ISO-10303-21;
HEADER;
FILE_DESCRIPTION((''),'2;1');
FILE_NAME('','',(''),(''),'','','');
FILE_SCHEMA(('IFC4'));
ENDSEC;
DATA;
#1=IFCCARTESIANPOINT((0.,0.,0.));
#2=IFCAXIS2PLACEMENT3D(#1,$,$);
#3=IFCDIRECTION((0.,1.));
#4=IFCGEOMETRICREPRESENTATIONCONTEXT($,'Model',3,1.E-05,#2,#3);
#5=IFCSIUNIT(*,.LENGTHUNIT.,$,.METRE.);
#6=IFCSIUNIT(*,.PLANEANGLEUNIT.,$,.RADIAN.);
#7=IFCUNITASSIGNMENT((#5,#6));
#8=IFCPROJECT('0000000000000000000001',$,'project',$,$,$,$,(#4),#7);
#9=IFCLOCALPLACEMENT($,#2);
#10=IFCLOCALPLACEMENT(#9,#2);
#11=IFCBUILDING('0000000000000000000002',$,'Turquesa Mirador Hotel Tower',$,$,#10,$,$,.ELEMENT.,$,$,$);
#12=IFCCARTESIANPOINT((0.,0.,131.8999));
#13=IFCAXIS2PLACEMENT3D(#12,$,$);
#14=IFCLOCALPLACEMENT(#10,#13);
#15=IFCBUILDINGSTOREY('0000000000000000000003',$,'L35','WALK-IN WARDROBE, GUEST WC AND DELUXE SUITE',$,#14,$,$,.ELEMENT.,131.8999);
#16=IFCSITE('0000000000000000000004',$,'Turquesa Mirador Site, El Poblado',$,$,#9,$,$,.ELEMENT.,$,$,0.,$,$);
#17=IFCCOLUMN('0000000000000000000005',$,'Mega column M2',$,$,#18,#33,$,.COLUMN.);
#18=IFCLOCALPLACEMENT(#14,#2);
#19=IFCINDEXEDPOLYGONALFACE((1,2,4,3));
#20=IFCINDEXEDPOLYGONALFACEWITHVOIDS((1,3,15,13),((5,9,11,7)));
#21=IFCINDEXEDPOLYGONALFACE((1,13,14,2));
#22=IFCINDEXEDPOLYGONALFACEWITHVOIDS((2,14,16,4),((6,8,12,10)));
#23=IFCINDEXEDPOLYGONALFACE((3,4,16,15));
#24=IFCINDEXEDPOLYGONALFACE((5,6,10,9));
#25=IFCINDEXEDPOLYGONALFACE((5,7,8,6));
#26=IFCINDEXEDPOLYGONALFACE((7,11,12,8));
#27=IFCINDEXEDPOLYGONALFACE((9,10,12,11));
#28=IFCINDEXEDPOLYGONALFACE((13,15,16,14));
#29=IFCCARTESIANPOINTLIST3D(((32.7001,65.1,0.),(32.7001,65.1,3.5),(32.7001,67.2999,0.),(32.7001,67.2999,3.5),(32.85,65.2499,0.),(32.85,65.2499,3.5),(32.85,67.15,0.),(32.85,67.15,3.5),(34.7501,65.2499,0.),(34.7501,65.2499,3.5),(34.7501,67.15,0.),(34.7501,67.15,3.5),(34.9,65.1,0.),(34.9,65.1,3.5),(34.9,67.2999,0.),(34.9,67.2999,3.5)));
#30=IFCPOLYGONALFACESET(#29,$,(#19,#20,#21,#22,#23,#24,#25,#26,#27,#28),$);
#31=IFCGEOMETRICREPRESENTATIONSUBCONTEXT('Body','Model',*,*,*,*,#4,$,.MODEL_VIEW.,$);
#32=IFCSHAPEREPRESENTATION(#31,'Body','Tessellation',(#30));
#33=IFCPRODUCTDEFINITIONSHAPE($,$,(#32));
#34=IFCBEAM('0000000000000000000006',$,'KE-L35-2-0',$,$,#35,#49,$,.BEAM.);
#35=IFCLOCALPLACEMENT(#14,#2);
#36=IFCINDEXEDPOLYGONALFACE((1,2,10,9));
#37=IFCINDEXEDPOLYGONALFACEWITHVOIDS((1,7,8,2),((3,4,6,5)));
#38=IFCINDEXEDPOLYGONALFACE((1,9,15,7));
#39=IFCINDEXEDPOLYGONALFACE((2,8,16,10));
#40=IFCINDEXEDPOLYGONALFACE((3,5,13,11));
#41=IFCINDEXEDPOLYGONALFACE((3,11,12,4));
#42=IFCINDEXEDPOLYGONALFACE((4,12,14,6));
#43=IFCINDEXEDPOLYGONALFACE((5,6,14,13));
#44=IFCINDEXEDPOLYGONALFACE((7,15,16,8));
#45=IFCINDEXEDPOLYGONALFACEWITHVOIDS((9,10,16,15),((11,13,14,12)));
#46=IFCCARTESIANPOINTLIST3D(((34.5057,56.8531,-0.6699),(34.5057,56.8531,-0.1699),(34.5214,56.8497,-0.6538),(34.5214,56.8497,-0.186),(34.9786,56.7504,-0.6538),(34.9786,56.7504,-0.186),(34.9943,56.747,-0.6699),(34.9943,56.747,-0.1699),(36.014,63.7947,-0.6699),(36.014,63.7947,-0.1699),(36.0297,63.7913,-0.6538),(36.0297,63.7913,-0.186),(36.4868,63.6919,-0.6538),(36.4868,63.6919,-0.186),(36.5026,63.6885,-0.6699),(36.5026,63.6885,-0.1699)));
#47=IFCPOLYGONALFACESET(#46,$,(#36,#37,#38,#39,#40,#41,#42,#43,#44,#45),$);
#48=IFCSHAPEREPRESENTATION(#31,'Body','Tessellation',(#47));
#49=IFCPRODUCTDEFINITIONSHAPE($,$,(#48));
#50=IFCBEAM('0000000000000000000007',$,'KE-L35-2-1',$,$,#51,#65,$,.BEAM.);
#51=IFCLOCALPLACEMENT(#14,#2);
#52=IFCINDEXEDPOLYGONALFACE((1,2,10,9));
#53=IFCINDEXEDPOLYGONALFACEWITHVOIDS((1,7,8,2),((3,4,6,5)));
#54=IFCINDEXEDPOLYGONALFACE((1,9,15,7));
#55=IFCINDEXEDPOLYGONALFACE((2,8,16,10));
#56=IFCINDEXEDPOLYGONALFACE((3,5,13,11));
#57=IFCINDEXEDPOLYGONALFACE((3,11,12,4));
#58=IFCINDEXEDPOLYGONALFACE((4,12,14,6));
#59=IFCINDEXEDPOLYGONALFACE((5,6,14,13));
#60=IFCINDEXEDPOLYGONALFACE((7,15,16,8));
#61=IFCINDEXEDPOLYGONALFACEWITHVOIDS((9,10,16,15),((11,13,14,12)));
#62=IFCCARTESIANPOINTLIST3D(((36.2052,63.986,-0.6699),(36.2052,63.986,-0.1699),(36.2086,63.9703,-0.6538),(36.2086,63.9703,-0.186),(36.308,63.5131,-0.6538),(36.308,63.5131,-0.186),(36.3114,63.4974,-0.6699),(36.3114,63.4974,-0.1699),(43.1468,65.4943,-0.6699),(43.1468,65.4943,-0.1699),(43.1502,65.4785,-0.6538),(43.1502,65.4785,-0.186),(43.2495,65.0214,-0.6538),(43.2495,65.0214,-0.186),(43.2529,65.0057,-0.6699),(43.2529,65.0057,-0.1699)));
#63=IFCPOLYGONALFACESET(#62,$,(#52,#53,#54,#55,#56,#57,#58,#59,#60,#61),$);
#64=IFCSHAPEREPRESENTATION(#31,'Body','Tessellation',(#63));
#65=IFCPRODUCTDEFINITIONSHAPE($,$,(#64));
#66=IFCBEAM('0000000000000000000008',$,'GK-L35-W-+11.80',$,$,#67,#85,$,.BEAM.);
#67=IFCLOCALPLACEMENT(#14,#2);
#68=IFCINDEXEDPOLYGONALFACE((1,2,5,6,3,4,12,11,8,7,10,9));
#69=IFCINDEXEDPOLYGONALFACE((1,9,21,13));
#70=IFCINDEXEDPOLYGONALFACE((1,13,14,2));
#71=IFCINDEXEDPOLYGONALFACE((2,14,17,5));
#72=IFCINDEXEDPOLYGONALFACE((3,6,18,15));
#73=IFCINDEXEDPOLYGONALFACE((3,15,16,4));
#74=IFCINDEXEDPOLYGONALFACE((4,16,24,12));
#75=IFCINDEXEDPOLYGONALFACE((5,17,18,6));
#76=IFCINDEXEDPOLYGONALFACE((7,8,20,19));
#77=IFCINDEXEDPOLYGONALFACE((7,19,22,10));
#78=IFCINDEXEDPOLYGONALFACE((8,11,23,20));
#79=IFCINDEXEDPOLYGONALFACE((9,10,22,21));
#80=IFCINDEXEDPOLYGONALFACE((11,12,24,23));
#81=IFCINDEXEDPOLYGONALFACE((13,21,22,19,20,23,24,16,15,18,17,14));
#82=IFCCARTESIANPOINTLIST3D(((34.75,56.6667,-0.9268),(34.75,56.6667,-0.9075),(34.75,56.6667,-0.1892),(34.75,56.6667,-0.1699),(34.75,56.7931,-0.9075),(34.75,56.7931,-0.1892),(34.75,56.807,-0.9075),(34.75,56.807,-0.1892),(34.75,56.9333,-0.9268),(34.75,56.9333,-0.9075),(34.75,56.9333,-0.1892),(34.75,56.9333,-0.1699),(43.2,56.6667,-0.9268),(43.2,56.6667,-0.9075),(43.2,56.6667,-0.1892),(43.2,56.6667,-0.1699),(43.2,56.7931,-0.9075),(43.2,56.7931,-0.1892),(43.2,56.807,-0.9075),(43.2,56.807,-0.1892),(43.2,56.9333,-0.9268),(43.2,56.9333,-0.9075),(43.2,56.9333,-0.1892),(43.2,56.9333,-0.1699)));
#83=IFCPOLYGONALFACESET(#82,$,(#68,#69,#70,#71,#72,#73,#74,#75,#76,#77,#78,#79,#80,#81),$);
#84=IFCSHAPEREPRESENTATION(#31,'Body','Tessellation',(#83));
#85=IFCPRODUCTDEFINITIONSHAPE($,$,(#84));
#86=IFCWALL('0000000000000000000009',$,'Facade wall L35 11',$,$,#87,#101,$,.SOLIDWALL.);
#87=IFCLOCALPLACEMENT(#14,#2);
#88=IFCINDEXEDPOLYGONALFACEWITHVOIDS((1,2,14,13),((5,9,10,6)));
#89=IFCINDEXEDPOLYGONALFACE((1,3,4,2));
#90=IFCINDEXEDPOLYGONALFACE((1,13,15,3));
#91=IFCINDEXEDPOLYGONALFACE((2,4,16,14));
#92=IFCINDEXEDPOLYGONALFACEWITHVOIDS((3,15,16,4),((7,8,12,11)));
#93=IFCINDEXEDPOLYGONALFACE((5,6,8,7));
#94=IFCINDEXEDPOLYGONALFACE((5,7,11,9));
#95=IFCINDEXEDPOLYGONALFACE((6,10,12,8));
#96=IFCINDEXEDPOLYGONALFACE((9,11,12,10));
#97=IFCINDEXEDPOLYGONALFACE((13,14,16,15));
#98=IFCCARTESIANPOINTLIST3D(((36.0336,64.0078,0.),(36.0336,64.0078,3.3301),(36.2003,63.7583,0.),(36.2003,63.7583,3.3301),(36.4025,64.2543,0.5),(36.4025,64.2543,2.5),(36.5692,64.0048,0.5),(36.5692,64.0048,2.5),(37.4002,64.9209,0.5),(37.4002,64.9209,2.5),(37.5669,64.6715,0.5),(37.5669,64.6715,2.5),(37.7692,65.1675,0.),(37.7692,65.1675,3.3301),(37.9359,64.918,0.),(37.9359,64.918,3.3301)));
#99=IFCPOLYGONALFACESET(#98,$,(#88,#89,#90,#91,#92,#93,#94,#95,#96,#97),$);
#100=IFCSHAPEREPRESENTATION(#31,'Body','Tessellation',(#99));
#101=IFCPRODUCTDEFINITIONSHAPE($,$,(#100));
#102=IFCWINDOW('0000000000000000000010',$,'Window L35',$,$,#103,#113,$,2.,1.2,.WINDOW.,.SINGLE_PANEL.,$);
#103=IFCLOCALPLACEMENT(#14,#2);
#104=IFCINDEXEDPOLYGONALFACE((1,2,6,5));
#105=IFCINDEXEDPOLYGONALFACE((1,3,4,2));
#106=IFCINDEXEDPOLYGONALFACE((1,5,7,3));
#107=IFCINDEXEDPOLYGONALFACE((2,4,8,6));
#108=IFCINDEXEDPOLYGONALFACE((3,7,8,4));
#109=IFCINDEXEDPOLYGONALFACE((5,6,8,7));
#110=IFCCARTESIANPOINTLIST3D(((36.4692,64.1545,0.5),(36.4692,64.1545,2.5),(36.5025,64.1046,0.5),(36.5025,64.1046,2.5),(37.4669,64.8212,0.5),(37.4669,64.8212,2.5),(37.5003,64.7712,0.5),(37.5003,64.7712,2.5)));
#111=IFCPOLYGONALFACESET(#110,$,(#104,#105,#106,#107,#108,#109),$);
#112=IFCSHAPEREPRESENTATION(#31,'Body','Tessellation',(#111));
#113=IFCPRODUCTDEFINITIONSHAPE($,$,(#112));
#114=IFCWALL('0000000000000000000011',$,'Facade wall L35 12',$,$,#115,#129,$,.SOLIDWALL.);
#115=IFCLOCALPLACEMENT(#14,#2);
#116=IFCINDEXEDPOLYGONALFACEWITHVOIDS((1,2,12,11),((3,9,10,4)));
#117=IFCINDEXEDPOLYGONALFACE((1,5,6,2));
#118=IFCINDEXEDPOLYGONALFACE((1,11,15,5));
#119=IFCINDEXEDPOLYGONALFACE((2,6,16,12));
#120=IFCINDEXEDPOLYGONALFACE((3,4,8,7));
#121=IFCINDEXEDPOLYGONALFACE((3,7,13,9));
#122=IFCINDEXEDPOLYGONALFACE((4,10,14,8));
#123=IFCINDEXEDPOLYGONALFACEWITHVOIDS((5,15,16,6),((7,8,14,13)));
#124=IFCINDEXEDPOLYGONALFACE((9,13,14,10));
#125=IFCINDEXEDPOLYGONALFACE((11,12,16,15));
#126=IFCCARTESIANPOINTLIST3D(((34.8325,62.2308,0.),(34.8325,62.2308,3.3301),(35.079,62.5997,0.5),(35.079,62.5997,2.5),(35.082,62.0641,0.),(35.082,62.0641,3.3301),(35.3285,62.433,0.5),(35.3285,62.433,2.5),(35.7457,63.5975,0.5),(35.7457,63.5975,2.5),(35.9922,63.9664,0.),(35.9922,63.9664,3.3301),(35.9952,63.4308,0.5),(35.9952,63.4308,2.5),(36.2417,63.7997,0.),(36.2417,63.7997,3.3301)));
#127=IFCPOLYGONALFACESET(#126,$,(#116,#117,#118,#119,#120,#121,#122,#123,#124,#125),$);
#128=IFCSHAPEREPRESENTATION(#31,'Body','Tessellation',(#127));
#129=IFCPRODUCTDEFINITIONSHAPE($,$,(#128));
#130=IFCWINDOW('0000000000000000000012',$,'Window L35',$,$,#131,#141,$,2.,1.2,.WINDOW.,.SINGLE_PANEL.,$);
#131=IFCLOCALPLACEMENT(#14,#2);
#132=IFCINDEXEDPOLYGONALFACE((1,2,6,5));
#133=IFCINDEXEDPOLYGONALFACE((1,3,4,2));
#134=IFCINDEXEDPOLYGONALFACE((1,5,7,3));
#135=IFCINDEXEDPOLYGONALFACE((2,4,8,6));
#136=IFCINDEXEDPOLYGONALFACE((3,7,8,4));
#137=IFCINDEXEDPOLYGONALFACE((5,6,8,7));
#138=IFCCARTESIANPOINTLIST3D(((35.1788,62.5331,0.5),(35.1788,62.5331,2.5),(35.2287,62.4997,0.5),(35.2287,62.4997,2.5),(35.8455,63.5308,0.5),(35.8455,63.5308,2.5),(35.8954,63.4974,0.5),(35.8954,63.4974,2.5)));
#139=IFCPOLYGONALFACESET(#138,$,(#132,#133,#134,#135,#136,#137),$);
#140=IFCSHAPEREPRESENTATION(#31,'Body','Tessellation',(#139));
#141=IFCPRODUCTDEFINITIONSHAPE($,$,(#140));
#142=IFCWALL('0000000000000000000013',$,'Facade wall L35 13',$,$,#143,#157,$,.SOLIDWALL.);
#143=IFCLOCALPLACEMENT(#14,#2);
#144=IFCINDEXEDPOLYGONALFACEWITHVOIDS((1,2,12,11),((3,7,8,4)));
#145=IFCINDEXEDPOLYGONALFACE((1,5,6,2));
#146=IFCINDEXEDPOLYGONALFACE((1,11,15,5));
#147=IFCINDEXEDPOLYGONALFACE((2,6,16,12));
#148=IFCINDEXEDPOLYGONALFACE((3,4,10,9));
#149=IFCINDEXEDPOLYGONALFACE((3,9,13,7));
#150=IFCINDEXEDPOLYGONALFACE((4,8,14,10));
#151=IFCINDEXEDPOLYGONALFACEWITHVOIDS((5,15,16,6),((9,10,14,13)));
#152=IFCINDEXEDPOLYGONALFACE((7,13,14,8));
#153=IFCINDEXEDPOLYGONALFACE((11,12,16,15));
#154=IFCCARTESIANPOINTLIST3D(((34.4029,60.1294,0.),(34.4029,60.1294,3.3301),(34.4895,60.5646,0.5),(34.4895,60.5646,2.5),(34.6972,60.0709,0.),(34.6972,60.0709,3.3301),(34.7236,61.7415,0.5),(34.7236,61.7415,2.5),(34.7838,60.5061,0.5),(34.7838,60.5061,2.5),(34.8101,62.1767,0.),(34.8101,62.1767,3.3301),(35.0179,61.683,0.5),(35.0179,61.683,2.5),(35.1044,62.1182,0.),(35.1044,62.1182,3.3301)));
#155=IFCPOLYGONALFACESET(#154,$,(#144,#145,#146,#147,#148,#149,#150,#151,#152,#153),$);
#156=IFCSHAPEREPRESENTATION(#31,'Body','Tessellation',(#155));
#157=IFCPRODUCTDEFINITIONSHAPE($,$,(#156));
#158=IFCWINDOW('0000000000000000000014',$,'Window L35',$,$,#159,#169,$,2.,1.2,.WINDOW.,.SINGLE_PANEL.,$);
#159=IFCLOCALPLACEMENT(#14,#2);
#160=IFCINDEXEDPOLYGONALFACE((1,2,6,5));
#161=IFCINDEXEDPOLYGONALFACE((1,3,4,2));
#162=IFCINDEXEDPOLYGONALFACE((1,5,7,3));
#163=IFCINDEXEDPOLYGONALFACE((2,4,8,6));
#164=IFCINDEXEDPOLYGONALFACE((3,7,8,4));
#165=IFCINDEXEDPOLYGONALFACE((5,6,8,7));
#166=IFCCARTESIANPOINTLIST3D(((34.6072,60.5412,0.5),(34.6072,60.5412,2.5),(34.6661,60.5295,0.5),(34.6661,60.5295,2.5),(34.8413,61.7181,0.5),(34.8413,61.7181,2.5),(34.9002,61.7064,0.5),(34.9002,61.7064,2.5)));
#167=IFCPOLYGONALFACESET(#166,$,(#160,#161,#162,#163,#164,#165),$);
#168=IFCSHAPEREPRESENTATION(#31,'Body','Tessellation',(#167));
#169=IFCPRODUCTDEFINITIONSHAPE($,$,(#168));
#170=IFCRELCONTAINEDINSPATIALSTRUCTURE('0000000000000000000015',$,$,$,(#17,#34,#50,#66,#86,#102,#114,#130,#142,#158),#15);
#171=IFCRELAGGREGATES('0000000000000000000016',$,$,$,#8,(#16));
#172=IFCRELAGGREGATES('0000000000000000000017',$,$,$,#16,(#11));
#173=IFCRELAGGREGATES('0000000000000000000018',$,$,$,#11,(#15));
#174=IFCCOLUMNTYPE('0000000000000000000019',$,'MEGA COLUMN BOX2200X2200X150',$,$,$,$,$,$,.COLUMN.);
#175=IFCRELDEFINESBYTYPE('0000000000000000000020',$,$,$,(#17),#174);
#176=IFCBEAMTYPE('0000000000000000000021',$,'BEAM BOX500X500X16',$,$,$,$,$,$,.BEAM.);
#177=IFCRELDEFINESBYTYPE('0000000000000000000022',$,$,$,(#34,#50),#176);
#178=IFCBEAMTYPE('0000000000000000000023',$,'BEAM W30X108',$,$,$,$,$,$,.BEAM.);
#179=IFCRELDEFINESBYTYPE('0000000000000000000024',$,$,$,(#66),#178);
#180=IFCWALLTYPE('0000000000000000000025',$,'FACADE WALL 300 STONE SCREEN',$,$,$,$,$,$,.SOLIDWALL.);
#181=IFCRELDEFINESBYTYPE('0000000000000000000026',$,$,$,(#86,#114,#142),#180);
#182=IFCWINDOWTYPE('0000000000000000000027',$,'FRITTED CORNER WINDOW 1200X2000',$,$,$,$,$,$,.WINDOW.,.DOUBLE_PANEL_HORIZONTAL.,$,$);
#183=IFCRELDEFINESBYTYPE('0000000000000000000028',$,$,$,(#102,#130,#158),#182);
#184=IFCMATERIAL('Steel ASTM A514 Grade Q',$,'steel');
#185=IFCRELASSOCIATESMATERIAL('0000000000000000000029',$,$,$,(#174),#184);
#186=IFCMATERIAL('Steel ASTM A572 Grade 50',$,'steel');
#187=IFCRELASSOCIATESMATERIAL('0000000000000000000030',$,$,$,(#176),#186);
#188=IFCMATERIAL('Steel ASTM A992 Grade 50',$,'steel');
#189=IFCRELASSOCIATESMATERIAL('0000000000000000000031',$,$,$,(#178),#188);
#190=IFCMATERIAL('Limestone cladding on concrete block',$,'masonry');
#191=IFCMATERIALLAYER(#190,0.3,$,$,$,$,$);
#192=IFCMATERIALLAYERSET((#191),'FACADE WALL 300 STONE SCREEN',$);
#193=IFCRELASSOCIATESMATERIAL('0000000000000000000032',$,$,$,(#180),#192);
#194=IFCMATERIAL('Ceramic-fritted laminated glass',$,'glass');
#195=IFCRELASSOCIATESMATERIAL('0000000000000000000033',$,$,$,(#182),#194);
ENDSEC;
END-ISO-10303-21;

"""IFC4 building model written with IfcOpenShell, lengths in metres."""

from ifc_helpers import new_model, si_unit, direction, frame, frame_2d, origin, origin_2d, place, context, subcontext, project, spatial, rectangle, hollow_rectangle, i_section, extrude, material, layer, layer_set, material_profile, profile_set, type_object, element, fill, save


model = new_model("IFC4")

# Units and contexts
model_context = context("Model", 3, precision=1e-05, world=origin(), true_north=direction((0.0, 1.0)))
body_context = subcontext(model_context, "Body", "Model", "MODEL_VIEW")
ifc_project = project(units=[si_unit("LENGTHUNIT", "METRE"), si_unit("PLANEANGLEUNIT", "RADIAN")], contexts=[model_context])

# Site, building, storey
site_placement = place(None, origin())
site = spatial("IfcSite", under=ifc_project, at=site_placement, Name="Turquesa Mirador Site, El Poblado", CompositionType="ELEMENT", RefElevation=0.0)
building_placement = place(site_placement, origin())
building = spatial("IfcBuilding", under=site, at=building_placement, Name="Turquesa Mirador Hotel Tower", CompositionType="ELEMENT")
storey_placement = place(building_placement, frame((0.0, 0.0, 131.8999)))
storey = spatial("IfcBuildingStorey", under=building, at=storey_placement, Name="L35", Description="WALK-IN WARDROBE, GUEST WC AND DELUXE SUITE", CompositionType="ELEMENT", Elevation=131.8999)

# Column
ifc_material_1 = material(Name="Steel ASTM A514 Grade Q", Category="steel")
ifc_material_profile_1 = material_profile(ifc_material_1, hollow_rectangle(XDim=2.2, YDim=2.2, WallThickness=0.1499, at=origin_2d()), Name="BOX2200X2200X150")
ifc_profile_set_1 = profile_set([ifc_material_profile_1], Name="Steel ASTM A514 Grade Q")
column_type = type_object("IfcColumnType", Name="MEGA COLUMN BOX2200X2200X150", PredefinedType="COLUMN", material=ifc_profile_set_1)
column_placement = place(storey_placement, frame((33.8, 66.2, 0.0), z_axis=(0.0, 0.0, 1.0), x_axis=(1.0, 0.0, 0.0)))
element("IfcColumn", 1, at=column_placement, inside=storey, type_object=column_type, Name="Mega column M2", PredefinedType="COLUMN", context=body_context, shape_type="SweptSolid", body=[
    extrude(hollow_rectangle(XDim=2.2, YDim=2.2, WallThickness=0.1499, at=origin_2d()), origin(), (0.0, 0.0, 1.0), 3.5),
])

# Beams
ifc_material_2 = material(Name="Steel ASTM A572 Grade 50", Category="steel")
ifc_material_profile_2 = material_profile(ifc_material_2, hollow_rectangle(XDim=0.5, YDim=0.5, WallThickness=0.0161, at=origin_2d()), Name="BOX500X500X16")
ifc_profile_set_2 = profile_set([ifc_material_profile_2], Name="Steel ASTM A572 Grade 50")
beam_type_1 = type_object("IfcBeamType", Name="BEAM BOX500X500X16", PredefinedType="BEAM", material=ifc_profile_set_2)
for number, where, z_axis, x_axis, name in (
    (2, (34.75, 56.8, -0.4199), (0.212328, 0.977198, 0.0), (-0.977198, 0.212328, 0.0), "KE-L35-2-0"),
    (3, (36.2583, 63.7417, -0.4199), (0.977198, 0.212328, 0.0), (-0.212328, 0.977198, 0.0), "KE-L35-2-1"),
):
    element("IfcBeam", number, at=place(storey_placement, frame(where, z_axis=z_axis, x_axis=x_axis)), inside=storey, type_object=beam_type_1, Name=name, PredefinedType="BEAM", context=body_context, shape_type="SweptSolid", body=[
        extrude(hollow_rectangle(XDim=0.5, YDim=0.5, WallThickness=0.0161, at=origin_2d()), origin(), (0.0, 0.0, 1.0), 7.1035),
    ])
ifc_material_3 = material(Name="Steel ASTM A992 Grade 50", Category="steel")
ifc_material_profile_3 = material_profile(ifc_material_3, i_section(OverallWidth=0.2666, OverallDepth=0.7568, WebThickness=0.0139, FlangeThickness=0.0193, at=origin_2d()), Name="W30X108")
ifc_profile_set_3 = profile_set([ifc_material_profile_3], Name="Steel ASTM A992 Grade 50")
beam_type_2 = type_object("IfcBeamType", Name="BEAM W30X108", PredefinedType="BEAM", material=ifc_profile_set_3)
beam_placement = place(storey_placement, frame((34.75, 56.8, -0.5483), z_axis=(1.0, 0.0, 0.0), x_axis=(0.0, 1.0, 0.0)))
element("IfcBeam", 4, at=beam_placement, inside=storey, type_object=beam_type_2, Name="GK-L35-W-+11.80", PredefinedType="BEAM", context=body_context, shape_type="SweptSolid", body=[
    extrude(i_section(OverallWidth=0.2666, OverallDepth=0.7568, WebThickness=0.0139, FlangeThickness=0.0193, at=origin_2d()), origin(), (0.0, 0.0, 1.0), 8.45),
])

# Walls, openings, windows
ifc_material_4 = material(Name="Limestone cladding on concrete block", Category="masonry")
ifc_layer = layer(ifc_material_4, 0.3)
ifc_layer_set = layer_set([ifc_layer], Name="FACADE WALL 300 STONE SCREEN")
wall_type = type_object("IfcWallType", Name="FACADE WALL 300 STONE SCREEN", PredefinedType="SOLIDWALL", material=ifc_layer_set)
wall_1_placement = place(storey_placement, frame((37.8525, 65.0427, 0.0), z_axis=(0.0, 0.0, 1.0), x_axis=(-0.831474, -0.555564, 0.0)))
wall_1 = element("IfcWall", 5, at=wall_1_placement, inside=storey, type_object=wall_type, Name="Facade wall L35 11", PredefinedType="SOLIDWALL", context=body_context, shape_type="SweptSolid", body=[
    extrude(rectangle(XDim=2.0874, YDim=0.3, at=frame_2d((1.0437, 0.0))), origin(), (0.0, 0.0, 1.0), 3.3301),
])
opening_1_placement = place(wall_1_placement, frame((0.4436, 0.0, 0.5)))
opening_1 = element("IfcOpeningElement", 6, at=opening_1_placement, cuts=wall_1, PredefinedType="OPENING", context=body_context, shape_type="SweptSolid", body=[
    extrude(rectangle(XDim=1.2, YDim=2.0, at=frame_2d((0.6001, 1.0))), frame((0.0, 0.1599, 0.0), z_axis=(0.0, -1.0, 0.0), x_axis=(1.0, 0.0, 0.0)), (0.0, 0.0, 1.0), 0.3201),
])
ifc_material_5 = material(Name="Ceramic-fritted laminated glass", Category="glass")
window_type_1 = type_object("IfcWindowType", Name="FRITTED CORNER WINDOW 1200X2000", PartitioningType="DOUBLE_PANEL_HORIZONTAL", PredefinedType="WINDOW", material=ifc_material_5)
window_1_placement = place(opening_1_placement, origin())
window_1 = element("IfcWindow", 7, at=window_1_placement, inside=storey, type_object=window_type_1, Name="Window L35", OverallHeight=2.0, OverallWidth=1.2, PartitioningType="SINGLE_PANEL", PredefinedType="WINDOW", context=body_context, shape_type="SweptSolid", body=[
    extrude(rectangle(XDim=1.2, YDim=2.0, at=frame_2d((0.6001, 1.0))), frame((0.0, 0.03, 0.0), z_axis=(0.0, -1.0, 0.0), x_axis=(1.0, 0.0, 0.0)), (0.0, 0.0, 1.0), 0.0601),
])
fill(opening_1, window_1)
wall_2_placement = place(storey_placement, frame((36.1169, 63.8831, 0.0), z_axis=(0.0, 0.0, 1.0), x_axis=(-0.555564, -0.831474, 0.0)))
wall_2 = element("IfcWall", 8, at=wall_2_placement, inside=storey, type_object=wall_type, Name="Facade wall L35 12", PredefinedType="SOLIDWALL", context=body_context, shape_type="SweptSolid", body=[
    extrude(rectangle(XDim=2.0874, YDim=0.3, at=frame_2d((1.0437, 0.0))), origin(), (0.0, 0.0, 1.0), 3.3301),
])
opening_2_placement = place(wall_2_placement, frame((0.4436, 0.0, 0.5)))
opening_2 = element("IfcOpeningElement", 9, at=opening_2_placement, cuts=wall_2, PredefinedType="OPENING", context=body_context, shape_type="SweptSolid", body=[
    extrude(rectangle(XDim=1.2, YDim=2.0, at=frame_2d((0.6001, 1.0))), frame((0.0, 0.1599, 0.0), z_axis=(0.0, -1.0, 0.0), x_axis=(1.0, 0.0, 0.0)), (0.0, 0.0, 1.0), 0.3201),
])
window_2_placement = place(opening_2_placement, origin())
window_2 = element("IfcWindow", 10, at=window_2_placement, inside=storey, type_object=window_type_1, Name="Window L35", OverallHeight=2.0, OverallWidth=1.2, PartitioningType="SINGLE_PANEL", PredefinedType="WINDOW", context=body_context, shape_type="SweptSolid", body=[
    extrude(rectangle(XDim=1.2, YDim=2.0, at=frame_2d((0.6001, 1.0))), frame((0.0, 0.03, 0.0), z_axis=(0.0, -1.0, 0.0), x_axis=(1.0, 0.0, 0.0)), (0.0, 0.0, 1.0), 0.0601),
])
fill(opening_2, window_2)
wall_3_placement = place(storey_placement, frame((34.9573, 62.1475, 0.0), z_axis=(0.0, 0.0, 1.0), x_axis=(-0.195081, -0.980787, 0.0)))
wall_3 = element("IfcWall", 11, at=wall_3_placement, inside=storey, type_object=wall_type, Name="Facade wall L35 13", PredefinedType="SOLIDWALL", context=body_context, shape_type="SweptSolid", body=[
    extrude(rectangle(XDim=2.0874, YDim=0.3, at=frame_2d((1.0437, 0.0))), origin(), (0.0, 0.0, 1.0), 3.3301),
])
opening_3_placement = place(wall_3_placement, frame((0.4436, 0.0, 0.5)))
opening_3 = element("IfcOpeningElement", 12, at=opening_3_placement, cuts=wall_3, PredefinedType="OPENING", context=body_context, shape_type="SweptSolid", body=[
    extrude(rectangle(XDim=1.2, YDim=2.0, at=frame_2d((0.6001, 1.0))), frame((0.0, 0.1599, 0.0), z_axis=(0.0, -1.0, 0.0), x_axis=(1.0, 0.0, 0.0)), (0.0, 0.0, 1.0), 0.3201),
])
window_3_placement = place(opening_3_placement, origin())
window_3 = element("IfcWindow", 13, at=window_3_placement, inside=storey, type_object=window_type_1, Name="Window L35", OverallHeight=2.0, OverallWidth=1.2, PartitioningType="SINGLE_PANEL", PredefinedType="WINDOW", context=body_context, shape_type="SweptSolid", body=[
    extrude(rectangle(XDim=1.2, YDim=2.0, at=frame_2d((0.6001, 1.0))), frame((0.0, 0.03, 0.0), z_axis=(0.0, -1.0, 0.0), x_axis=(1.0, 0.0, 0.0)), (0.0, 0.0, 1.0), 0.0601),
])
fill(opening_3, window_3)

save(model, "model.ifc")
